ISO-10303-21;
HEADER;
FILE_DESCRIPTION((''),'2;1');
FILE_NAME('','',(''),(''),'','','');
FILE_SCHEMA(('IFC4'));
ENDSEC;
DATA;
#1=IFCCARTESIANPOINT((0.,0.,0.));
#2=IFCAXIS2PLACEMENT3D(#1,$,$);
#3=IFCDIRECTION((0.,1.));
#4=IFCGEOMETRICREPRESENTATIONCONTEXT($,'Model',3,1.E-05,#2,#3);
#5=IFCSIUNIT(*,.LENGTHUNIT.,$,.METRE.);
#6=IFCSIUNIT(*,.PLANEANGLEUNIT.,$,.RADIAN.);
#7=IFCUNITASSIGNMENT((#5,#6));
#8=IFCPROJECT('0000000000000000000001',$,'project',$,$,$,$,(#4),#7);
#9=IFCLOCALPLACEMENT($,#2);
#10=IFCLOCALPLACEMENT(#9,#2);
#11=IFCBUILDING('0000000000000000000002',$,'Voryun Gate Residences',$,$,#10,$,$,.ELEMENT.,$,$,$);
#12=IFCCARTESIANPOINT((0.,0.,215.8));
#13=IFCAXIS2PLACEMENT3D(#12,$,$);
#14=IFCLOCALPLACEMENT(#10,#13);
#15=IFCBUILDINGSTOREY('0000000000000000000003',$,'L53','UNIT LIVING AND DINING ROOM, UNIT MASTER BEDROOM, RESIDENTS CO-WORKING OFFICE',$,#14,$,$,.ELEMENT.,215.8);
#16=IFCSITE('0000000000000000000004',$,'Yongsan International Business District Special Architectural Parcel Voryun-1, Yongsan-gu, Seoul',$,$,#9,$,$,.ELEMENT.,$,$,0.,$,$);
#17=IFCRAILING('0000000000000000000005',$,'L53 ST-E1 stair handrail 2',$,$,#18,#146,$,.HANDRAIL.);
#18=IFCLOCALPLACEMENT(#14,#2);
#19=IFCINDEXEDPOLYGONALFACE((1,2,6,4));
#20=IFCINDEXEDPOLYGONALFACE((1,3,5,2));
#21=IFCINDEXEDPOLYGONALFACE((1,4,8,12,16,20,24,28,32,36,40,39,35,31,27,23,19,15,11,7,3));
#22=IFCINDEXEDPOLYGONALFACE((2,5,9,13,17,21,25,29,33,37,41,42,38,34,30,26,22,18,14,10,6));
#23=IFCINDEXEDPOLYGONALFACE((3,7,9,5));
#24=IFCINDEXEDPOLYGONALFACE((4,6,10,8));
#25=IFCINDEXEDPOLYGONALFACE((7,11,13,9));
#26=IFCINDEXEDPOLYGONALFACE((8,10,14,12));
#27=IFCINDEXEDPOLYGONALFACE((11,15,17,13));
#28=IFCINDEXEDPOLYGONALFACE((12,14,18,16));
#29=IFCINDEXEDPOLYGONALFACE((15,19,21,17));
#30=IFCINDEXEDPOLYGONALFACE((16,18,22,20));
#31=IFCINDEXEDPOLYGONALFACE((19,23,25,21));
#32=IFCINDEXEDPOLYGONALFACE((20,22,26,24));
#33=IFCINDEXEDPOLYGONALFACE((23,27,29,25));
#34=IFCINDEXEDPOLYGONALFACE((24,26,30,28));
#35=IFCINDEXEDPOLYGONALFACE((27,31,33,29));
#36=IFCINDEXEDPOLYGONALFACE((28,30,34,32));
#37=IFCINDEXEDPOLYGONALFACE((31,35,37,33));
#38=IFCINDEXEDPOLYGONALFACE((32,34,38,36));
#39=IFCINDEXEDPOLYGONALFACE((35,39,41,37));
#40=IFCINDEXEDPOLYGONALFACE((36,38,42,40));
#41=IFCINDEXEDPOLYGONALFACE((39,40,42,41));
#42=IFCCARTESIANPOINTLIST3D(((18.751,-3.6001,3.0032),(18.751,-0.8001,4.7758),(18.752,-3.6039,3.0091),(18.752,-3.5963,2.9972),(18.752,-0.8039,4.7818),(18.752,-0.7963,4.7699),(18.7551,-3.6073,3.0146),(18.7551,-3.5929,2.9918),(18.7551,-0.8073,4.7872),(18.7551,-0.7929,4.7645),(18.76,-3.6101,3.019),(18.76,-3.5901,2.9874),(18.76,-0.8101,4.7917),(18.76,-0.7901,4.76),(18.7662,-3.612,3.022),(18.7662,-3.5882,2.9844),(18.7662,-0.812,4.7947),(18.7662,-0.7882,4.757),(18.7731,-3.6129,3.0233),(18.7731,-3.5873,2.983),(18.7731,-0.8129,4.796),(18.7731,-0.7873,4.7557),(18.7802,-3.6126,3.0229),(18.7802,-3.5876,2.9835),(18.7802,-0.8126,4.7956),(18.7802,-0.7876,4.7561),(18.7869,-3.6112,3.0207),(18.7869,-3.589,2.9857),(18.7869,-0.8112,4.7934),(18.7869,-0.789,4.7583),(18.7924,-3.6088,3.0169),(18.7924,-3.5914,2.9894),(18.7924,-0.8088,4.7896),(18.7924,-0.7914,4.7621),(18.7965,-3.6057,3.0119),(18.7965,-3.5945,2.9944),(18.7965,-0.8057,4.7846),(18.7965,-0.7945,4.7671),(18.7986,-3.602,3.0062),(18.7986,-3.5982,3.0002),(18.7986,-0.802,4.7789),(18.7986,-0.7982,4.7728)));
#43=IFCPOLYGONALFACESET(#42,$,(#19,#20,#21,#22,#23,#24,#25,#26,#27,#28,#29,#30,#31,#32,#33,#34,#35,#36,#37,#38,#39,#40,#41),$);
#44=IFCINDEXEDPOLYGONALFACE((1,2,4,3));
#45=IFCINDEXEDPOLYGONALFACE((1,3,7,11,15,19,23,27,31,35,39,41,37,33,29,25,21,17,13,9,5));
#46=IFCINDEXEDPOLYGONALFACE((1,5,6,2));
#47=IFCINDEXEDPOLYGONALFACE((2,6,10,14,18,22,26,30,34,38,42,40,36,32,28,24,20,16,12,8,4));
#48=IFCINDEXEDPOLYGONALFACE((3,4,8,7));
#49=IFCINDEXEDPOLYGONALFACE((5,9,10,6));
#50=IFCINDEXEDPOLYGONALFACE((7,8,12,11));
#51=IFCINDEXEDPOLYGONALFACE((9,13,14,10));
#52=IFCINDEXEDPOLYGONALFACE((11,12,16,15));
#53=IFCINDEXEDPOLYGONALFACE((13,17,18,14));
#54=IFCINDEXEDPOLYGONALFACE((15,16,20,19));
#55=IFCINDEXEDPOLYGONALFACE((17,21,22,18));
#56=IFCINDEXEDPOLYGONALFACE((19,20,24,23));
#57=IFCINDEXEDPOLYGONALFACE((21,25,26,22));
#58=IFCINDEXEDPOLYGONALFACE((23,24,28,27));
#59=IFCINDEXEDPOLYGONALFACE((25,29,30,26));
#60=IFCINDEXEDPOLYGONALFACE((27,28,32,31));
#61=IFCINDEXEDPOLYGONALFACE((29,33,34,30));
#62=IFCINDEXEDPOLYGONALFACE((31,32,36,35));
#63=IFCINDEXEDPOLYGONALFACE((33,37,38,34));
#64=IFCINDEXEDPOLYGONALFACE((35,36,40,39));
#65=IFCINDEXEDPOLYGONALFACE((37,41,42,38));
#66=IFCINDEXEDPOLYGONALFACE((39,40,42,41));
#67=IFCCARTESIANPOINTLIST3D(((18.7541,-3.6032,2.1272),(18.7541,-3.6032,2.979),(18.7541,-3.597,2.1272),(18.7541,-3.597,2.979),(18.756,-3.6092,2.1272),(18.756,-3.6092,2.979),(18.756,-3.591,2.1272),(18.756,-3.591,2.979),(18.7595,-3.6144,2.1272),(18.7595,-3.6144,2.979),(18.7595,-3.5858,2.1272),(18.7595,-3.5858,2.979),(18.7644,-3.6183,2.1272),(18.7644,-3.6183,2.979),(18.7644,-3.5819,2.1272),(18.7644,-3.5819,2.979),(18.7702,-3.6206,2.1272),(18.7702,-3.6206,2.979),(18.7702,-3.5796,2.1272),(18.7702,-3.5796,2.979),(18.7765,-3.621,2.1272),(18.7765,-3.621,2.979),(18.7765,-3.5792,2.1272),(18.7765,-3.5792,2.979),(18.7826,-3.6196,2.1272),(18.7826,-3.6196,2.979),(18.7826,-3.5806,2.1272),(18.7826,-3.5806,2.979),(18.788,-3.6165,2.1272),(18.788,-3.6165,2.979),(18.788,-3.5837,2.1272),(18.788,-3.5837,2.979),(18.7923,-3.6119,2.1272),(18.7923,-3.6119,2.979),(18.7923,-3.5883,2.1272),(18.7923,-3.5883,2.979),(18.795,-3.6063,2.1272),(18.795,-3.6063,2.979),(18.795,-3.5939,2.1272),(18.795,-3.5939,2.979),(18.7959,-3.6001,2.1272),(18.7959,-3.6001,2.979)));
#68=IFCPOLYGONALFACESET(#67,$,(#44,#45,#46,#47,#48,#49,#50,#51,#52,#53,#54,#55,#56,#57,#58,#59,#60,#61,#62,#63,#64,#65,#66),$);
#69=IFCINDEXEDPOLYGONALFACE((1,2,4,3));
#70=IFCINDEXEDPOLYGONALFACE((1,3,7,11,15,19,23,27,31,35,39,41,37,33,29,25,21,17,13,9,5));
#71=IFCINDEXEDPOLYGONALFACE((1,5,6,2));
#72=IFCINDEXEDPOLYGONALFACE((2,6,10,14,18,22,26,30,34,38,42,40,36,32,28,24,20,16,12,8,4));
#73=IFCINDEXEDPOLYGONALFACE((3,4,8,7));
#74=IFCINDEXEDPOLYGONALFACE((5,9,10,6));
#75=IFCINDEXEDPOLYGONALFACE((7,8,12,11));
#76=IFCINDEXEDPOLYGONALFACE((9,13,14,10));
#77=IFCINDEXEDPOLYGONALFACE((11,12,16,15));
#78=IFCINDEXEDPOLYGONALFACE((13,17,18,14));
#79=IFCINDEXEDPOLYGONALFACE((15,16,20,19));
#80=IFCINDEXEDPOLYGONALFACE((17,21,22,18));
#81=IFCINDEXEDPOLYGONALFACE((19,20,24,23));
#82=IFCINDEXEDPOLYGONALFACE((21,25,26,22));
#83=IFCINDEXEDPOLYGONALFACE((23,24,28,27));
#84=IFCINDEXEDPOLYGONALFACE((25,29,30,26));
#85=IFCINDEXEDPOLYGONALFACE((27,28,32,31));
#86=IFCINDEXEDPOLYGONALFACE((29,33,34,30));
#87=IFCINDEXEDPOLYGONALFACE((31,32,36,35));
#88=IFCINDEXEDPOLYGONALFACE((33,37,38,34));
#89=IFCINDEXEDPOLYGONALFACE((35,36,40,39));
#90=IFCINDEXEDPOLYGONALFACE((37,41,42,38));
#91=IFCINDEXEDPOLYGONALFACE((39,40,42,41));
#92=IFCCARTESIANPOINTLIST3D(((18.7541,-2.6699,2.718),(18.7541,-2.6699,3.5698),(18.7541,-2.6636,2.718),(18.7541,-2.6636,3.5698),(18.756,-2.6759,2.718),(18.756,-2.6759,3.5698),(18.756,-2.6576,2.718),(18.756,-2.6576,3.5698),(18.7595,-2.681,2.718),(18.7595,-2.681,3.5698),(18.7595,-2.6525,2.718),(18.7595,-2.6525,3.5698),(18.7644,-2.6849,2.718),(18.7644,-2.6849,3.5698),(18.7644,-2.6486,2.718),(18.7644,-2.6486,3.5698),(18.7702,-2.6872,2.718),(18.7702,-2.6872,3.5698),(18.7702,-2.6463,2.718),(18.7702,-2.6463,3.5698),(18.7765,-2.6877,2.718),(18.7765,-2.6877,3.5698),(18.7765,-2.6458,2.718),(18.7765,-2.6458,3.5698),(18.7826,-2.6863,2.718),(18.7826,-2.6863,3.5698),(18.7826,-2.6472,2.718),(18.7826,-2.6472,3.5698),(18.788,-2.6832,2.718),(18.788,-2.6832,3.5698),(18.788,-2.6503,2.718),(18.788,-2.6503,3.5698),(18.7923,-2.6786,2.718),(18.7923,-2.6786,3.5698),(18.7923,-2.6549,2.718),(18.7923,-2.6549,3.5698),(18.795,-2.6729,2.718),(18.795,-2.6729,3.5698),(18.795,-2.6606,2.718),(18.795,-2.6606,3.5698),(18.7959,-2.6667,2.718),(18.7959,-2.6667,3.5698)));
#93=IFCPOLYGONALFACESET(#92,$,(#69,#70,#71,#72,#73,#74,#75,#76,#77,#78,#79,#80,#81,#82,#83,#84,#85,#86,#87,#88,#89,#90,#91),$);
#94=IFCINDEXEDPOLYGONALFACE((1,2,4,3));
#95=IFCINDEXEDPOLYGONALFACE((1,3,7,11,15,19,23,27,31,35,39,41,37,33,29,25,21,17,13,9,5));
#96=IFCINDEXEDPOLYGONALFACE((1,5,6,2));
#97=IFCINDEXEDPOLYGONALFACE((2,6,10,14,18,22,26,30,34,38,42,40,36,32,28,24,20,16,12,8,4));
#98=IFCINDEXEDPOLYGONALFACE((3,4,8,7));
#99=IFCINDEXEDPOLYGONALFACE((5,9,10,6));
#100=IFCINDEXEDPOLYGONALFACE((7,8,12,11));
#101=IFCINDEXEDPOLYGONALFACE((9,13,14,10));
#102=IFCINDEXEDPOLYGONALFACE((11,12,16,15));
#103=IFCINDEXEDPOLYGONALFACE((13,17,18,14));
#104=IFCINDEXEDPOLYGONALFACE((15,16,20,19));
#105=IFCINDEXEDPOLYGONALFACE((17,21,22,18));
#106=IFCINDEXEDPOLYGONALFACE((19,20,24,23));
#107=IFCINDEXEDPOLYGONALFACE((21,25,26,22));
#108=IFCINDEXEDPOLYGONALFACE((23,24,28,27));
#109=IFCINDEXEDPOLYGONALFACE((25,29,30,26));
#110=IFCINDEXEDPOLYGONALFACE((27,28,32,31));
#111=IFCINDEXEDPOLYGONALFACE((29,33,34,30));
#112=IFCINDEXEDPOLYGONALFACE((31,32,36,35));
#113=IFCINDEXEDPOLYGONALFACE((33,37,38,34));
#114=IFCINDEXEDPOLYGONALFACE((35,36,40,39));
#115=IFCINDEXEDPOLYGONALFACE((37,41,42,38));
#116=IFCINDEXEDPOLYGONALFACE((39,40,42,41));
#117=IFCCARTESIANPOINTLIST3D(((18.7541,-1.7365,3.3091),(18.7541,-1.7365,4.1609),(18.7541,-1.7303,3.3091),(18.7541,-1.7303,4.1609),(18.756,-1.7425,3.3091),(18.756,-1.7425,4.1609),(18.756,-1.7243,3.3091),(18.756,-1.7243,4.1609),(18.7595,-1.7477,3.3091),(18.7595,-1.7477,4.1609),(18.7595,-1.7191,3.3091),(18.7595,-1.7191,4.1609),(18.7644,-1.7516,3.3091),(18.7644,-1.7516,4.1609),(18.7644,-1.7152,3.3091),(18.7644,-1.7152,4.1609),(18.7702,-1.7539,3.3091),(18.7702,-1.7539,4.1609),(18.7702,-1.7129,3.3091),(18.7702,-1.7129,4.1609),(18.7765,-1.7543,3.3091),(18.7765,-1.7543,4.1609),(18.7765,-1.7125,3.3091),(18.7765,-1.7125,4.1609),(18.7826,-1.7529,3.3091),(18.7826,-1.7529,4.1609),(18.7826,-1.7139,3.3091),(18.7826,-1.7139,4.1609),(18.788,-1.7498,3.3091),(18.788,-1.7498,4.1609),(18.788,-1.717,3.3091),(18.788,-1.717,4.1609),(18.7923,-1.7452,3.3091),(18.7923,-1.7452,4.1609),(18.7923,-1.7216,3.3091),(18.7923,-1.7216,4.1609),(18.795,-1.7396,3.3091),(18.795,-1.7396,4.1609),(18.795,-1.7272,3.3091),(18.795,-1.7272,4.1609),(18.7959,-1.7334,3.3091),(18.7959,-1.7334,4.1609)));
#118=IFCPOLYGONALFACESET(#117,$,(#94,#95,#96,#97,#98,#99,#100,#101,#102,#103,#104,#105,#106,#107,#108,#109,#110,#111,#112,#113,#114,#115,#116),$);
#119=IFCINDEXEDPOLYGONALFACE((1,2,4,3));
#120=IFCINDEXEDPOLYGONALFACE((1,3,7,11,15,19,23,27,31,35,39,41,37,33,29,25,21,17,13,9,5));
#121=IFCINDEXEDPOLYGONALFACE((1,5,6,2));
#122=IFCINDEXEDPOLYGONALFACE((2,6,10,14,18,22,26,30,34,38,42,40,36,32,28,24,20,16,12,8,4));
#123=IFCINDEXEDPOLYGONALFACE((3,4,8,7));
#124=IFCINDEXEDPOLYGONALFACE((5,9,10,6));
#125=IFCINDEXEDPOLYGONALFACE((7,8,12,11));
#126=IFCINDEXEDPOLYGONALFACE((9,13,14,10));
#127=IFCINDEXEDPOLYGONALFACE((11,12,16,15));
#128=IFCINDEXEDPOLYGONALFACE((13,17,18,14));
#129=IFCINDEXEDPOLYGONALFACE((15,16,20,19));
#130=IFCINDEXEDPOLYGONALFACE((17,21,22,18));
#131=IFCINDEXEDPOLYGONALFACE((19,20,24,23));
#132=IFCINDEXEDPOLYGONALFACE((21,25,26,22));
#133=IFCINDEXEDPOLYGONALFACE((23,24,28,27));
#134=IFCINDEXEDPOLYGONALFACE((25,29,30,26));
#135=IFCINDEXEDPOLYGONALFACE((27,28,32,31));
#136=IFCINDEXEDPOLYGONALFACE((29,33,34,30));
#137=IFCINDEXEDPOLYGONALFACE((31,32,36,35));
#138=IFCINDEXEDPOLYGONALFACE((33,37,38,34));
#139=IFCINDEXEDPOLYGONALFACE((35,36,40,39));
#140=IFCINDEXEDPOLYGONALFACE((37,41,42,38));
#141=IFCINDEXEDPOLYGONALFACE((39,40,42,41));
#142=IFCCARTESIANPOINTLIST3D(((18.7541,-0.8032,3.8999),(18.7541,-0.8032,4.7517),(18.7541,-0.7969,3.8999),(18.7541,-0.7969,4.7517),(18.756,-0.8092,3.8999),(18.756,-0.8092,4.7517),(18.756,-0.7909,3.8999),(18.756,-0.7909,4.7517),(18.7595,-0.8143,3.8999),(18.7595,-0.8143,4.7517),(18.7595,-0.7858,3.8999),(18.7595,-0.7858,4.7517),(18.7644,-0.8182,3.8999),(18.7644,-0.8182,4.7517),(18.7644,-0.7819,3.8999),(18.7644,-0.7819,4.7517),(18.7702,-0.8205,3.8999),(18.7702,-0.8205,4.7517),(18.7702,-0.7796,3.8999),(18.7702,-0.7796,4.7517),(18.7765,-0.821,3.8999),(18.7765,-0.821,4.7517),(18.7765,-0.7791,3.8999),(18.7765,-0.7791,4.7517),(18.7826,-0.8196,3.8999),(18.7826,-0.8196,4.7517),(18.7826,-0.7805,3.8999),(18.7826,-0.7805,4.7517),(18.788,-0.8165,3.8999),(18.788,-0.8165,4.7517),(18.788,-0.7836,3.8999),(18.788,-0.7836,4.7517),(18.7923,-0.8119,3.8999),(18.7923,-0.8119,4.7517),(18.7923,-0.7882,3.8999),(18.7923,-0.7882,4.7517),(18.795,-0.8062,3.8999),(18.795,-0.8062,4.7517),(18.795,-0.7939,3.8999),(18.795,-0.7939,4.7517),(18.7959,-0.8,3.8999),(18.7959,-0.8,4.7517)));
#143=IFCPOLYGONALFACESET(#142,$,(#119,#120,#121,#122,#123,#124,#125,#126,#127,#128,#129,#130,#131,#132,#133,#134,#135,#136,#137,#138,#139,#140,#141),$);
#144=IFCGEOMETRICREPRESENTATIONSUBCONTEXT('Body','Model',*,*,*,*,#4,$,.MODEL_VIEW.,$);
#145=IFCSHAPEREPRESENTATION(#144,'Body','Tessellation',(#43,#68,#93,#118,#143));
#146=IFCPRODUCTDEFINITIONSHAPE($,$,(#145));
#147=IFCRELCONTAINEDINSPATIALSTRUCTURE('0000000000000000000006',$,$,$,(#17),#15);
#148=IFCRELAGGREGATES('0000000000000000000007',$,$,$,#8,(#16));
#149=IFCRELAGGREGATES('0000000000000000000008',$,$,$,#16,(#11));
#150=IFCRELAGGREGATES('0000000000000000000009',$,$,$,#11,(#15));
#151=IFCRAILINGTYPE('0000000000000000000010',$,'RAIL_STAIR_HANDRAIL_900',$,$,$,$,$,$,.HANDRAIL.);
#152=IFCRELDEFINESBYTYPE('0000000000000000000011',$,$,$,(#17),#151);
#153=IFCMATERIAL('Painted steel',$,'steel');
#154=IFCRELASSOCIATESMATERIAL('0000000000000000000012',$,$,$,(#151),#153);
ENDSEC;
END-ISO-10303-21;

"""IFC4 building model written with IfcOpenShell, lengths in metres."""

from ifc_helpers import new_model, si_unit, direction, frame, origin, origin_2d, place, context, subcontext, project, spatial, circle, extrude, material, type_object, element, save


model = new_model("IFC4")

# Units and contexts
model_context = context("Model", 3, precision=1e-05, world=origin(), true_north=direction((0.0, 1.0)))
body_context = subcontext(model_context, "Body", "Model", "MODEL_VIEW")
ifc_project = project(units=[si_unit("LENGTHUNIT", "METRE"), si_unit("PLANEANGLEUNIT", "RADIAN")], contexts=[model_context])

# Site, building, storey
site_placement = place(None, origin())
site = spatial("IfcSite", under=ifc_project, at=site_placement, Name="Yongsan International Business District Special Architectural Parcel Voryun-1, Yongsan-gu, Seoul", CompositionType="ELEMENT", RefElevation=0.0)
building_placement = place(site_placement, origin())
building = spatial("IfcBuilding", under=site, at=building_placement, Name="Voryun Gate Residences", CompositionType="ELEMENT")
storey_placement = place(building_placement, frame((0.0, 0.0, 215.8)))
storey = spatial("IfcBuildingStorey", under=building, at=storey_placement, Name="L53", Description="UNIT LIVING AND DINING ROOM, UNIT MASTER BEDROOM, RESIDENTS CO-WORKING OFFICE", CompositionType="ELEMENT", Elevation=215.8)

# Railing
ifc_material_1 = material(Name="Painted steel", Category="steel")
railing_type_1 = type_object("IfcRailingType", Name="RAIL_STAIR_HANDRAIL_900", PredefinedType="HANDRAIL", material=ifc_material_1)
railing_1_placement = place(storey_placement, frame((18.7749, -3.6001, 2.1272)))
element("IfcRailing", 1, at=railing_1_placement, inside=storey, type_object=railing_type_1, Name="L53 ST-E1 stair handrail 2", PredefinedType="HANDRAIL", context=body_context, shape_type="SweptSolid", body=[
    extrude(circle(Radius=0.0239, at=origin_2d()), frame((0.0, 0.0, 0.876), z_axis=(0.0, 0.844909, 0.53491), x_axis=(-1.0, 0.0, 0.0)), (0.0, 0.0, 1.0), 3.314),
    extrude(circle(Radius=0.021, at=origin_2d()), origin(), (0.0, 0.0, 1.0), 0.8518),
    extrude(circle(Radius=0.021, at=origin_2d()), frame((0.0, 0.9333, 0.5908)), (0.0, 0.0, 1.0), 0.8518),
    extrude(circle(Radius=0.021, at=origin_2d()), frame((0.0, 1.8667, 1.1819)), (0.0, 0.0, 1.0), 0.8518),
    extrude(circle(Radius=0.021, at=origin_2d()), frame((0.0, 2.8, 1.7727)), (0.0, 0.0, 1.0), 0.8518),
])

save(model, "model.ifc")
